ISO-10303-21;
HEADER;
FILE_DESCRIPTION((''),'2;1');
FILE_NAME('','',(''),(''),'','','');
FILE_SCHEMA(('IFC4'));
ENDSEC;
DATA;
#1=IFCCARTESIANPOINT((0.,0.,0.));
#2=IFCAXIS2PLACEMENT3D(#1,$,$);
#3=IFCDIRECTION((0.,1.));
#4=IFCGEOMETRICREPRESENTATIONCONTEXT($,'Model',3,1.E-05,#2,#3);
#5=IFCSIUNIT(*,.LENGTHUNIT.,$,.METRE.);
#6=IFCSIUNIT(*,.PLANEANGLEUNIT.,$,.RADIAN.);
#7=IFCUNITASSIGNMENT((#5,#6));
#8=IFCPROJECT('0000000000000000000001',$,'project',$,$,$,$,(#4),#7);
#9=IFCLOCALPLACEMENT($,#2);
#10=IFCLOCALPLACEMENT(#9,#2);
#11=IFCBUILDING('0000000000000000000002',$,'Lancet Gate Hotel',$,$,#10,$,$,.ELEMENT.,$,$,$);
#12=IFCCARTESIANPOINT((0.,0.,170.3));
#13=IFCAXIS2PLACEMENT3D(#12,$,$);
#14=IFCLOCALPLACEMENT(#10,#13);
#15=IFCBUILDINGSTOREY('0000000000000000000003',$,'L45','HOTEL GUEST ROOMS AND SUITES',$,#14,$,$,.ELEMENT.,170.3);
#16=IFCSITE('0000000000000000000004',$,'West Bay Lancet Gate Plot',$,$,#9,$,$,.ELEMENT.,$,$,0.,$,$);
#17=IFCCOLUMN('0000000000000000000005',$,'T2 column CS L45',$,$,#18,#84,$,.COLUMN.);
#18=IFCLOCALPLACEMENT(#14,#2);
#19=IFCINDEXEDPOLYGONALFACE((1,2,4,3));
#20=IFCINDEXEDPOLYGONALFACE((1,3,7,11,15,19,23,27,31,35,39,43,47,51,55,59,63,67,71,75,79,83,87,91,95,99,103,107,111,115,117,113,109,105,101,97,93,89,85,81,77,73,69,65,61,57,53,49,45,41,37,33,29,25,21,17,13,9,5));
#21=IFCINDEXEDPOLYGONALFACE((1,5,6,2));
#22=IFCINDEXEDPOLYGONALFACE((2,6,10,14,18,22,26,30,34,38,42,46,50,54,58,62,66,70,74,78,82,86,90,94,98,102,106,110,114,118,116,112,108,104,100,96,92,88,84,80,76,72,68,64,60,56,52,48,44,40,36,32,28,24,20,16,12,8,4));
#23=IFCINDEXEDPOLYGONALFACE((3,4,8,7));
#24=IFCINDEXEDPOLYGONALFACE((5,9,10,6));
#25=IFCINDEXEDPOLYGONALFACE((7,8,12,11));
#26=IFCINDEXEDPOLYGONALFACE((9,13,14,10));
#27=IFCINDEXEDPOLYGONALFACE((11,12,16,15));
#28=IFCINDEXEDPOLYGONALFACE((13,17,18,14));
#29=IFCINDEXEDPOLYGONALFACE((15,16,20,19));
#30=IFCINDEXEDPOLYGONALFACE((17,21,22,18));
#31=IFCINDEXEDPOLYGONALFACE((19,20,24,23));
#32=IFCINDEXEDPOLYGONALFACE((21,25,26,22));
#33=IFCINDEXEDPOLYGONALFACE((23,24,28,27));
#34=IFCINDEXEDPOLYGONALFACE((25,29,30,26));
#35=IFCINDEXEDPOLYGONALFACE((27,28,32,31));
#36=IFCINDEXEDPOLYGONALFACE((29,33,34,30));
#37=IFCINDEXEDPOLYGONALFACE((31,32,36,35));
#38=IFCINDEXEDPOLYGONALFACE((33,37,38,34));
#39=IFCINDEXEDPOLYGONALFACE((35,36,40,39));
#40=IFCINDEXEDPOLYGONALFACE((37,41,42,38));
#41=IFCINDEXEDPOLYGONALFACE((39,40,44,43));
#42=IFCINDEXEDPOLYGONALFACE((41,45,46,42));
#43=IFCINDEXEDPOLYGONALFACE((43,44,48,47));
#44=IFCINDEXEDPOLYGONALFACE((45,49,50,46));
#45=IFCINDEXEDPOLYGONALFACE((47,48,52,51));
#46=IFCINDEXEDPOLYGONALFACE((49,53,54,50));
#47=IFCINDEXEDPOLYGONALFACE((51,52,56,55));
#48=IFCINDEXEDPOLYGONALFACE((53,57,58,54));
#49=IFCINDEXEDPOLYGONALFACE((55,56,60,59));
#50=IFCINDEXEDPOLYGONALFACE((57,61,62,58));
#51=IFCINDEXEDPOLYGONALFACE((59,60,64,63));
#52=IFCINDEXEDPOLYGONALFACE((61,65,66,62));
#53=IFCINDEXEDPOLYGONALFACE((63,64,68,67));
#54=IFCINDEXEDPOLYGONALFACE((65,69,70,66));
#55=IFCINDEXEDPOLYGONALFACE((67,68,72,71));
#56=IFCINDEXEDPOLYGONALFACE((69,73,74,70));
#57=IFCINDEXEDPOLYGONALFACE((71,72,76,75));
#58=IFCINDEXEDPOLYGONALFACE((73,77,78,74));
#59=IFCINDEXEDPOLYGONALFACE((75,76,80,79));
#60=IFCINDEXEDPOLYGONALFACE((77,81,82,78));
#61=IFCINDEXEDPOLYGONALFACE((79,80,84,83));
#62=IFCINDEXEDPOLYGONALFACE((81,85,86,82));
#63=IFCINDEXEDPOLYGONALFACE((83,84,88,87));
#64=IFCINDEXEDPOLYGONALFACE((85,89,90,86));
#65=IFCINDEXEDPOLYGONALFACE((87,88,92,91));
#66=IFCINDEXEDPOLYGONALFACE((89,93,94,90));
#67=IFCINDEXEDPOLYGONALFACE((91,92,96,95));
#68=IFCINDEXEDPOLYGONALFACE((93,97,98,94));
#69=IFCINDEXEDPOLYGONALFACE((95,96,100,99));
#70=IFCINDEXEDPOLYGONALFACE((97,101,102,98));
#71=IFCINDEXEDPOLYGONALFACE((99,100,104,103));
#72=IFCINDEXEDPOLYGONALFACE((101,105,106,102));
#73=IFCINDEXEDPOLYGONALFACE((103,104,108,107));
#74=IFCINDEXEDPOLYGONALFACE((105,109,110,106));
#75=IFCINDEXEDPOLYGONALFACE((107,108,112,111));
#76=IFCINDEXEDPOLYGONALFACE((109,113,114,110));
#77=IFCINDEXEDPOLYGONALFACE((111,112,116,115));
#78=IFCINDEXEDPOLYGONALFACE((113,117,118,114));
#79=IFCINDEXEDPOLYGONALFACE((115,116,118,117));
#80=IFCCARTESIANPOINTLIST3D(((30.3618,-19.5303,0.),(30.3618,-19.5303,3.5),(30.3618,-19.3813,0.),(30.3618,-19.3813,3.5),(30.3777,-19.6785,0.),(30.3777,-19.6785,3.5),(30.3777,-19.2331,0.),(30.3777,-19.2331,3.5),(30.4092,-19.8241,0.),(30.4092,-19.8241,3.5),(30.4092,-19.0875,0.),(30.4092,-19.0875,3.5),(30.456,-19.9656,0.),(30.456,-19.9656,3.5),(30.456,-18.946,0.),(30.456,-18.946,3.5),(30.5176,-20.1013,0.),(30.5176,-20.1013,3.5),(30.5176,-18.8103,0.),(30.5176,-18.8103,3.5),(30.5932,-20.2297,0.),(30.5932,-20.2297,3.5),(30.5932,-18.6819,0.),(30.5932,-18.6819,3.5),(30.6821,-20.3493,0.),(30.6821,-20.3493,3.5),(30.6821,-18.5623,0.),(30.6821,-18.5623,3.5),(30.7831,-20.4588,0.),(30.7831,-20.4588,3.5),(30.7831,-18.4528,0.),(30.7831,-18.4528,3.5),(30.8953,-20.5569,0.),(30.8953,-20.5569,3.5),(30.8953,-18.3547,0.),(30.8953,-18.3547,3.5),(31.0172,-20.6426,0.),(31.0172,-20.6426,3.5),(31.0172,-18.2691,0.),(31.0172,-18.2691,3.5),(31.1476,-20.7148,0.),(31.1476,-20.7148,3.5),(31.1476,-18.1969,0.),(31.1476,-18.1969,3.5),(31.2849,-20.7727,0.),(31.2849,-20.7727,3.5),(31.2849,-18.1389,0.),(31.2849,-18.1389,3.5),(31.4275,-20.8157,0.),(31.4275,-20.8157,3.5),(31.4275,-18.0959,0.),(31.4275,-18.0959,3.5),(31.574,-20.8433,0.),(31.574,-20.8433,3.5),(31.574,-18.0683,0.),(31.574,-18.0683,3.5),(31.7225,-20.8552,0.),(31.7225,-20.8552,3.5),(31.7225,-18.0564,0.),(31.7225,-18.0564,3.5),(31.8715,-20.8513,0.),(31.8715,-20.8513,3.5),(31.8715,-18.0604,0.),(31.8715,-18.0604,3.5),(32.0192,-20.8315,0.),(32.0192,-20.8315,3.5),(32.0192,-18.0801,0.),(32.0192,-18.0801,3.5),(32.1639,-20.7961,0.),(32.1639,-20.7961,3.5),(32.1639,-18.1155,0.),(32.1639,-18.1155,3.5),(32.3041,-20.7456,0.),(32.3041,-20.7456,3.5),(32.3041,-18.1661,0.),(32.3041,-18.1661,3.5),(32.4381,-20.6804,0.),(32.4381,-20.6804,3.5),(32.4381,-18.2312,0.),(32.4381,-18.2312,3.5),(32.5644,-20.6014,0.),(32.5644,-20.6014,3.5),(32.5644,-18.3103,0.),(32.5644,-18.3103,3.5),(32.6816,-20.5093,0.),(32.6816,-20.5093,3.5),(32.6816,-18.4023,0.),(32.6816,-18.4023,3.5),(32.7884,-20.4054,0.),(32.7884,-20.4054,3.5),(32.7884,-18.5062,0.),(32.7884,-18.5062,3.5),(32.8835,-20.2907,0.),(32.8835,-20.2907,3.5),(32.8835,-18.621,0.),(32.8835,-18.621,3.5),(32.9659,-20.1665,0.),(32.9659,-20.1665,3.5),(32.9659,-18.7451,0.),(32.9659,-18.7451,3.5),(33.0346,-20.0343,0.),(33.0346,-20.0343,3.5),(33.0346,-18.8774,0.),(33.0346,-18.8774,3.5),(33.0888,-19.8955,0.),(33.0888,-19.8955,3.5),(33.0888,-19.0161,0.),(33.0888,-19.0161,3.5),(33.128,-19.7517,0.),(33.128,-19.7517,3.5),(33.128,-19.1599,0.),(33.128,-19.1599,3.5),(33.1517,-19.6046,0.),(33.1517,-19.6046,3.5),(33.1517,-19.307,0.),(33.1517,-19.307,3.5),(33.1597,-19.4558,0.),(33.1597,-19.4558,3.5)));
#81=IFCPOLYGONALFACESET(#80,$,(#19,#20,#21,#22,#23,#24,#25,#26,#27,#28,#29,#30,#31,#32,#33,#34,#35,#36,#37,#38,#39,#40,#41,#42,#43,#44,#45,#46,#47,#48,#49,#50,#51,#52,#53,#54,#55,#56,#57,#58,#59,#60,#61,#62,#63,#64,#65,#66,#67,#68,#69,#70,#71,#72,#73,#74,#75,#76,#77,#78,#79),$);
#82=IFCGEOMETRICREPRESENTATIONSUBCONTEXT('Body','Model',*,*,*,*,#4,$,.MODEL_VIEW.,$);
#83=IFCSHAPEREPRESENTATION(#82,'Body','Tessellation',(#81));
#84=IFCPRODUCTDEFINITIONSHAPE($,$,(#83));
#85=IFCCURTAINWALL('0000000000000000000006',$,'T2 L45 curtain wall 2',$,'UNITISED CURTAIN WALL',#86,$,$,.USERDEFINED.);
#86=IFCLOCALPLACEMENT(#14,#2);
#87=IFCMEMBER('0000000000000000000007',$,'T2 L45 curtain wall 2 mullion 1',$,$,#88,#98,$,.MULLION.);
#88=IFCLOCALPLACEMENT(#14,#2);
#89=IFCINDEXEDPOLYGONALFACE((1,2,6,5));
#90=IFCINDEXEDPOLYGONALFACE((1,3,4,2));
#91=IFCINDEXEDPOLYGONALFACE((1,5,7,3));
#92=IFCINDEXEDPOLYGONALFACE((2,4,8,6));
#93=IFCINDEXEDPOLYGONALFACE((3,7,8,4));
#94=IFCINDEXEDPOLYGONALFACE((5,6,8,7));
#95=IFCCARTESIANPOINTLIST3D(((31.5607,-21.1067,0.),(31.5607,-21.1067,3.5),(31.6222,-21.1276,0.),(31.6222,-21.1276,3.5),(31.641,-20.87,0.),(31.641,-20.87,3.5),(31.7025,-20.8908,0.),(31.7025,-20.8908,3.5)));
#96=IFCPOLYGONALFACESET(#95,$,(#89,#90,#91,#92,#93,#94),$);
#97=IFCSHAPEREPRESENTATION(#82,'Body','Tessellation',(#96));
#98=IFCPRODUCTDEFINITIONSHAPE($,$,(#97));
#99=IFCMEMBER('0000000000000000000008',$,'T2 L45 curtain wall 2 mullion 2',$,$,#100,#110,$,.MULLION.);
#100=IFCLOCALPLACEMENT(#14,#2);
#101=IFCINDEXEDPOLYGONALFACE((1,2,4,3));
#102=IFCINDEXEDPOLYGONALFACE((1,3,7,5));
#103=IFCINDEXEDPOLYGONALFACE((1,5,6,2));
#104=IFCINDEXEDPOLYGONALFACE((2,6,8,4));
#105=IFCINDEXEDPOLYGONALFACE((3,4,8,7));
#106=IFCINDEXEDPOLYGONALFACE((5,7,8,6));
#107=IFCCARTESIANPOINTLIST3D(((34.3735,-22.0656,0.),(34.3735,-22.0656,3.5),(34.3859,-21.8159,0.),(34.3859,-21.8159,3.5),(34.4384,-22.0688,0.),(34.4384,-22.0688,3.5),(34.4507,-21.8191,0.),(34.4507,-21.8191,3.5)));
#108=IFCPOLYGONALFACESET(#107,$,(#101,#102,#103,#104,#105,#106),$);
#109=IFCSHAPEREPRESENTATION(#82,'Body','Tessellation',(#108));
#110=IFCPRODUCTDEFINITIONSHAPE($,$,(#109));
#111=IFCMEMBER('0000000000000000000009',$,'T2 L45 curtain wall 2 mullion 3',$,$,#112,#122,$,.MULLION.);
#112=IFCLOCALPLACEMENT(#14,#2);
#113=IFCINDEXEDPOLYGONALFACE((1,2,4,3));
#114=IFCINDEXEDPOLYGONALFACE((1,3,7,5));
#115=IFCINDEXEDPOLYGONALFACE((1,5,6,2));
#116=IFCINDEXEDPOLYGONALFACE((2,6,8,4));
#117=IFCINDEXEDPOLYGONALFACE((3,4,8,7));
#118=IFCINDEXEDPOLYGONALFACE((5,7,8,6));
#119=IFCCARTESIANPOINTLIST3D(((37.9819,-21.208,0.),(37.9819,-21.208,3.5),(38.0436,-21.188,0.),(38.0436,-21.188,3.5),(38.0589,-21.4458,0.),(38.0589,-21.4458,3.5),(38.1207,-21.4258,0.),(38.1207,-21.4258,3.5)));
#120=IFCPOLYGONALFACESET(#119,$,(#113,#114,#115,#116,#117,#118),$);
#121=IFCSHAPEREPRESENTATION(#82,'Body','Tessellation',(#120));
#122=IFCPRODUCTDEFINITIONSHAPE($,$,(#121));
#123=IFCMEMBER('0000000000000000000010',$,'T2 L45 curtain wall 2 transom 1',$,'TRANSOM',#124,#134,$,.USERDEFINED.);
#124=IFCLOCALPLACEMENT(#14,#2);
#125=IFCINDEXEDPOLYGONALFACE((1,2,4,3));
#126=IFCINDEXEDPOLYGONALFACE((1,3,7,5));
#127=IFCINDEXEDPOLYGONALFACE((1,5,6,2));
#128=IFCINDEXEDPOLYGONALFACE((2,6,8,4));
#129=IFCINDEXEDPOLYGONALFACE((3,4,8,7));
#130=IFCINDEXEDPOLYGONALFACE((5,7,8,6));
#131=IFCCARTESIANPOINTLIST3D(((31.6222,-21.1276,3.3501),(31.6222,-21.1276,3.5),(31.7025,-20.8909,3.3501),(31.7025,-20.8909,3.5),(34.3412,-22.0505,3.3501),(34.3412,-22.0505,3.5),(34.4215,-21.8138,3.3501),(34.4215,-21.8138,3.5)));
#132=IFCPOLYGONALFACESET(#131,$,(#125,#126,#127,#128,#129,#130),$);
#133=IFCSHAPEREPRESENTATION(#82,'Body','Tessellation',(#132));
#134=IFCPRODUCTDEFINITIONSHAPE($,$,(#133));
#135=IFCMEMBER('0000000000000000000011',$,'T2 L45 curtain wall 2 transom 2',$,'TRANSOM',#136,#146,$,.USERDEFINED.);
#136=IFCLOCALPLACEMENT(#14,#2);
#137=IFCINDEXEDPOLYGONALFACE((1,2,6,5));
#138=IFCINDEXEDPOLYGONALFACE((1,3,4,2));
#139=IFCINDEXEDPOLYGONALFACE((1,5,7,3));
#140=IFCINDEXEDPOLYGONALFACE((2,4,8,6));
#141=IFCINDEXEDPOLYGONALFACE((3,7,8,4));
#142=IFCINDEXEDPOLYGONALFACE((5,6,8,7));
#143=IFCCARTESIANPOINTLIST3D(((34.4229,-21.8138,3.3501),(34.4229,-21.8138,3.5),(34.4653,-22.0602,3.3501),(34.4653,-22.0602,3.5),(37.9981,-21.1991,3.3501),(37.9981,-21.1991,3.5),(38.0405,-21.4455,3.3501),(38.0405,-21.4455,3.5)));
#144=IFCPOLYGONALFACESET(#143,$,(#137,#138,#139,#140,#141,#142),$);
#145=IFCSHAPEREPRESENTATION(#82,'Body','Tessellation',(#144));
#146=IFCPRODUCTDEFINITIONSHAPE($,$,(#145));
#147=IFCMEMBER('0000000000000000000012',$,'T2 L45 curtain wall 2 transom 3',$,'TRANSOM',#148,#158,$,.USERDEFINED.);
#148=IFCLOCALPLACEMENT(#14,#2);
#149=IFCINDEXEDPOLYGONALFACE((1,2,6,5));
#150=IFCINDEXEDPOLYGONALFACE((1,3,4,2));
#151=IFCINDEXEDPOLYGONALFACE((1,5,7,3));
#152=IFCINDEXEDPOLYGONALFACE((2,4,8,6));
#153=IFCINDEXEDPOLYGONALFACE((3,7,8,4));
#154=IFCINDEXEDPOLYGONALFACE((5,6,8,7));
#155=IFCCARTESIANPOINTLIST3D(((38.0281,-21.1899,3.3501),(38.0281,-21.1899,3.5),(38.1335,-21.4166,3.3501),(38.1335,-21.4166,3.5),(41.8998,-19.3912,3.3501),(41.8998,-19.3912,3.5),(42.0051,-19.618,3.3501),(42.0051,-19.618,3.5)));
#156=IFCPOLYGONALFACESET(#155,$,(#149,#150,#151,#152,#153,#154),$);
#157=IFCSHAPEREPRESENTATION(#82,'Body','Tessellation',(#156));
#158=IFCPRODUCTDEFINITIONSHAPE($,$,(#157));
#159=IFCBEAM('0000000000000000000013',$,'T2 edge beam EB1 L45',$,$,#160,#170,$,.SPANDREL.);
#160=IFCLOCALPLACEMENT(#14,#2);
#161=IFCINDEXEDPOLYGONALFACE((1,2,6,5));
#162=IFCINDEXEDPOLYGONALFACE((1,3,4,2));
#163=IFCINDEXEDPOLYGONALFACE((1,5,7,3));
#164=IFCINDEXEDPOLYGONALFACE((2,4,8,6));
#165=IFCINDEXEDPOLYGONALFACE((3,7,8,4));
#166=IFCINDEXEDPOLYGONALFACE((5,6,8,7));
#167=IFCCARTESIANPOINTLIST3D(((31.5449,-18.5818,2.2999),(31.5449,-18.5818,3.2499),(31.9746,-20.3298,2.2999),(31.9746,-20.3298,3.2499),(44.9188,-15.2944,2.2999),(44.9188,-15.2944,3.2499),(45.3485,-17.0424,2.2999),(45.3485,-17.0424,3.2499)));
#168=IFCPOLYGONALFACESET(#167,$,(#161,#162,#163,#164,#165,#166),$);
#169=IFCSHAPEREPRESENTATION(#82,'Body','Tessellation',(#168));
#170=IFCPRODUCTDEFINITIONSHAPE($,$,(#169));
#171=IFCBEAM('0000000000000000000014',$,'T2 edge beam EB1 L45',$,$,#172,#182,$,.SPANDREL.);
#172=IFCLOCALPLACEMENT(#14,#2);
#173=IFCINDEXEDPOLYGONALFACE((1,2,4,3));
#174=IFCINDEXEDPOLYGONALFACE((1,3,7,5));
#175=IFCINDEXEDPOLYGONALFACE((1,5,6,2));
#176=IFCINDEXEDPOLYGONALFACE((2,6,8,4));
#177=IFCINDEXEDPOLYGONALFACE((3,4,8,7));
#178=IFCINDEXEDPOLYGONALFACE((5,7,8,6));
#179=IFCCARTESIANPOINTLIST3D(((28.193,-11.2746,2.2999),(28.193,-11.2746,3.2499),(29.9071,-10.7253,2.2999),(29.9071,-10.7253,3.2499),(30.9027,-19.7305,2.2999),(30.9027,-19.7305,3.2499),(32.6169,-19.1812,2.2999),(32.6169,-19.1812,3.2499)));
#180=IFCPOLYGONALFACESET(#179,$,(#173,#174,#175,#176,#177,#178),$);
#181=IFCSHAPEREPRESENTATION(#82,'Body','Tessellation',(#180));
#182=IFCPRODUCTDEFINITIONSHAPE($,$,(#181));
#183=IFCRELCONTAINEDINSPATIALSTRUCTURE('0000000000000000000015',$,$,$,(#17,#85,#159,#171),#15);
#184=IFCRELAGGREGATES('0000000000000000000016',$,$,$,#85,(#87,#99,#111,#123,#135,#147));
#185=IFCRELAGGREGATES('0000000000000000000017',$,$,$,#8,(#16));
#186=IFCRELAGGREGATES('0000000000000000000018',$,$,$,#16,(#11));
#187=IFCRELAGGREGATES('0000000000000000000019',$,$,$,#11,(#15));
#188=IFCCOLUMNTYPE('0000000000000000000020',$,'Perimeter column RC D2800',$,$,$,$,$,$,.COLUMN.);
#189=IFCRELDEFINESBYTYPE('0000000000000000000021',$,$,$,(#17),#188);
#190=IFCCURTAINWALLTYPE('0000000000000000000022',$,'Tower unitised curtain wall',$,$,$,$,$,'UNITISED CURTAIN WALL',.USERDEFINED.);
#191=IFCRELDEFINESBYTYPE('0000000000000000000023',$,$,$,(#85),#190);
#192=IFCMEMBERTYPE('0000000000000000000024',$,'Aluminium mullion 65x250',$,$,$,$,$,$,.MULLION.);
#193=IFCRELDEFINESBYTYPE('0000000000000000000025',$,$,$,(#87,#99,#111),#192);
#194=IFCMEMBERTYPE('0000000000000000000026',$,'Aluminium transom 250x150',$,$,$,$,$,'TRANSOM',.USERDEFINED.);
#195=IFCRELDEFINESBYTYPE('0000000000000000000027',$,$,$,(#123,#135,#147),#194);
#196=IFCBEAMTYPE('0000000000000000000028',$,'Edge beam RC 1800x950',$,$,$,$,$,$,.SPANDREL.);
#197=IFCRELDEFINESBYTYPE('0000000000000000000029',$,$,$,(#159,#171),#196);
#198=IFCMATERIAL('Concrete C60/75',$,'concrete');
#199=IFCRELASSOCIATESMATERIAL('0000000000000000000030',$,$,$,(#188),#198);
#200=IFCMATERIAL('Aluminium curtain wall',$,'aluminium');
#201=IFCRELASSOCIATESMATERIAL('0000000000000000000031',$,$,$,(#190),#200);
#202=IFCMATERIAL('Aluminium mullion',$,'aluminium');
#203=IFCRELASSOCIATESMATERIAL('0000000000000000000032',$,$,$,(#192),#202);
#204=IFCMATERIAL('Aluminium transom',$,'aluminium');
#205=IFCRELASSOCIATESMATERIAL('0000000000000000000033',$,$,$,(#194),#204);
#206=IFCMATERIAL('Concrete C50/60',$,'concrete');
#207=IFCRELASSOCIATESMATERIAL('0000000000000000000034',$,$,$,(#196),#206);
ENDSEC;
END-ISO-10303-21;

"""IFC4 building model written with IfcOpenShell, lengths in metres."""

from ifc_helpers import new_model, si_unit, direction, frame, origin, origin_2d, place, context, subcontext, project, spatial, rectangle, circle, extrude, material, material_profile, profile_set, type_object, element, aggregate, save


model = new_model("IFC4")

# Units and contexts
model_context = context("Model", 3, precision=1e-05, world=origin(), true_north=direction((0.0, 1.0)))
body_context = subcontext(model_context, "Body", "Model", "MODEL_VIEW")
ifc_project = project(units=[si_unit("LENGTHUNIT", "METRE"), si_unit("PLANEANGLEUNIT", "RADIAN")], contexts=[model_context])

# Site, building, storey
site_placement = place(None, origin())
site = spatial("IfcSite", under=ifc_project, at=site_placement, Name="West Bay Lancet Gate Plot", CompositionType="ELEMENT", RefElevation=0.0)
building_placement = place(site_placement, origin())
building = spatial("IfcBuilding", under=site, at=building_placement, Name="Lancet Gate Hotel", CompositionType="ELEMENT")
storey_placement = place(building_placement, frame((0.0, 0.0, 170.3)))
storey = spatial("IfcBuildingStorey", under=building, at=storey_placement, Name="L45", Description="HOTEL GUEST ROOMS AND SUITES", CompositionType="ELEMENT", Elevation=170.3)

# Column
ifc_material_1 = material(Name="Concrete C60/75", Category="concrete")
ifc_material_profile_1 = material_profile(ifc_material_1, circle(Radius=1.3999, at=origin_2d()), Name="RC D2800")
ifc_profile_set_1 = profile_set([ifc_material_profile_1], Name="Concrete C60/75")
column_type = type_object("IfcColumnType", Name="Perimeter column RC D2800", PredefinedType="COLUMN", material=ifc_profile_set_1)
column_placement = place(storey_placement, frame((31.7598, -19.4558, 0.0), z_axis=(0.0, 0.0, 1.0), x_axis=(1.0, 0.0, 0.0)))
element("IfcColumn", 1, at=column_placement, inside=storey, type_object=column_type, Name="T2 column CS L45", PredefinedType="COLUMN", context=body_context, shape_type="SweptSolid", body=[
    extrude(circle(Radius=1.3999, at=origin_2d()), origin(), (0.0, 0.0, 1.0), 3.5),
])

# Curtain wall, members
ifc_material_2 = material(Name="Aluminium curtain wall", Category="aluminium")
curtain_wall_type = type_object("IfcCurtainWallType", Name="Tower unitised curtain wall", ElementType="UNITISED CURTAIN WALL", PredefinedType="USERDEFINED", material=ifc_material_2)
curtain_wall_placement = place(storey_placement, origin())
curtain_wall = element("IfcCurtainWall", 2, at=curtain_wall_placement, inside=storey, type_object=curtain_wall_type, Name="T2 L45 curtain wall 2", ObjectType="UNITISED CURTAIN WALL", PredefinedType="USERDEFINED")
ifc_material_3 = material(Name="Aluminium mullion", Category="aluminium")
ifc_material_profile_2 = material_profile(ifc_material_3, rectangle(XDim=0.0649, YDim=0.25, at=origin_2d()), Name="MULLION 65x250")
ifc_profile_set_2 = profile_set([ifc_material_profile_2], Name="Aluminium mullion")
member_type_1 = type_object("IfcMemberType", Name="Aluminium mullion 65x250", PredefinedType="MULLION", material=ifc_profile_set_2)
member_1_placement = place(storey_placement, frame((31.6316, -20.9988, 0.0), z_axis=(0.0, 0.0, 1.0), x_axis=(0.946952, -0.321374, 0.0)))
member_1 = element("IfcMember", 3, at=member_1_placement, type_object=member_type_1, Name="T2 L45 curtain wall 2 mullion 1", PredefinedType="MULLION", context=body_context, shape_type="SweptSolid", body=[
    extrude(rectangle(XDim=0.0649, YDim=0.25, at=origin_2d()), origin(), (0.0, 0.0, 1.0), 3.5),
])
member_2_placement = place(storey_placement, frame((34.4121, -21.9424, 0.0), z_axis=(0.0, 0.0, 1.0), x_axis=(0.998776, -0.049471, 0.0)))
member_2 = element("IfcMember", 4, at=member_2_placement, type_object=member_type_1, Name="T2 L45 curtain wall 2 mullion 2", PredefinedType="MULLION", context=body_context, shape_type="SweptSolid", body=[
    extrude(rectangle(XDim=0.0649, YDim=0.25, at=origin_2d()), origin(), (0.0, 0.0, 1.0), 3.5),
])
member_3_placement = place(storey_placement, frame((38.0513, -21.3169, 0.0), z_axis=(0.0, 0.0, 1.0), x_axis=(0.951355, 0.308095, 0.0)))
member_3 = element("IfcMember", 5, at=member_3_placement, type_object=member_type_1, Name="T2 L45 curtain wall 2 mullion 3", PredefinedType="MULLION", context=body_context, shape_type="SweptSolid", body=[
    extrude(rectangle(XDim=0.0649, YDim=0.25, at=origin_2d()), origin(), (0.0, 0.0, 1.0), 3.5),
])
ifc_material_4 = material(Name="Aluminium transom", Category="aluminium")
ifc_material_profile_3 = material_profile(ifc_material_4, rectangle(XDim=0.25, YDim=0.1499, at=origin_2d()), Name="TRANSOM 250x150")
ifc_profile_set_3 = profile_set([ifc_material_profile_3], Name="Aluminium transom")
member_type_2 = type_object("IfcMemberType", Name="Aluminium transom 250x150", ElementType="TRANSOM", PredefinedType="USERDEFINED", material=ifc_profile_set_3)
member_4_placement = place(storey_placement, frame((31.6624, -21.0093, 3.425), z_axis=(0.946943, -0.321401, 0.0), x_axis=(0.321401, 0.946943, 0.0)))
member_4 = element("IfcMember", 6, at=member_4_placement, type_object=member_type_2, Name="T2 L45 curtain wall 2 transom 1", ObjectType="TRANSOM", PredefinedType="USERDEFINED", context=body_context, shape_type="SweptSolid", body=[
    extrude(rectangle(XDim=0.25, YDim=0.1499, at=origin_2d()), origin(), (0.0, 0.0, 1.0), 2.8713),
])
member_5_placement = place(storey_placement, frame((34.4441, -21.937, 3.425), z_axis=(0.985537, 0.169461, 0.0), x_axis=(-0.169461, 0.985537, 0.0)))
member_5 = element("IfcMember", 7, at=member_5_placement, type_object=member_type_2, Name="T2 L45 curtain wall 2 transom 2", ObjectType="TRANSOM", PredefinedType="USERDEFINED", context=body_context, shape_type="SweptSolid", body=[
    extrude(rectangle(XDim=0.25, YDim=0.1499, at=origin_2d()), origin(), (0.0, 0.0, 1.0), 3.6277),
])
member_6_placement = place(storey_placement, frame((38.0808, -21.3032, 3.425), z_axis=(0.906914, 0.421316, 0.0), x_axis=(-0.421316, 0.906914, 0.0)))
member_6 = element("IfcMember", 8, at=member_6_placement, type_object=member_type_2, Name="T2 L45 curtain wall 2 transom 3", ObjectType="TRANSOM", PredefinedType="USERDEFINED", context=body_context, shape_type="SweptSolid", body=[
    extrude(rectangle(XDim=0.25, YDim=0.1499, at=origin_2d()), origin(), (0.0, 0.0, 1.0), 4.269),
])

# Beams
ifc_material_5 = material(Name="Concrete C50/60", Category="concrete")
ifc_material_profile_4 = material_profile(ifc_material_5, rectangle(XDim=1.8, YDim=0.95, at=origin_2d()), Name="RC 1800x950")
ifc_profile_set_4 = profile_set([ifc_material_profile_4], Name="Concrete C50/60")
beam_type_1 = type_object("IfcBeamType", Name="Edge beam RC 1800x950", PredefinedType="SPANDREL", material=ifc_profile_set_4)
beam_1_placement = place(storey_placement, frame((31.7598, -19.4558, 2.7749), z_axis=(0.971093, 0.2387, 0.0), x_axis=(-0.2387, 0.971093, 0.0)))
element("IfcBeam", 9, at=beam_1_placement, inside=storey, type_object=beam_type_1, Name="T2 edge beam EB1 L45", PredefinedType="SPANDREL", context=body_context, shape_type="SweptSolid", body=[
    extrude(rectangle(XDim=1.8, YDim=0.95, at=origin_2d()), origin(), (0.0, 0.0, 1.0), 13.772),
])
beam_2_placement = place(storey_placement, frame((31.7598, -19.4558, 2.7749), z_axis=(-0.30517, 0.952298, 0.0), x_axis=(-0.952298, -0.30517, 0.0)))
element("IfcBeam", 10, at=beam_2_placement, inside=storey, type_object=beam_type_1, Name="T2 edge beam EB1 L45", PredefinedType="SPANDREL", context=body_context, shape_type="SweptSolid", body=[
    extrude(rectangle(XDim=1.8, YDim=0.95, at=origin_2d()), origin(), (0.0, 0.0, 1.0), 8.8794),
])

aggregate(curtain_wall, [member_1, member_2, member_3, member_4, member_5, member_6])

save(model, "model.ifc")
